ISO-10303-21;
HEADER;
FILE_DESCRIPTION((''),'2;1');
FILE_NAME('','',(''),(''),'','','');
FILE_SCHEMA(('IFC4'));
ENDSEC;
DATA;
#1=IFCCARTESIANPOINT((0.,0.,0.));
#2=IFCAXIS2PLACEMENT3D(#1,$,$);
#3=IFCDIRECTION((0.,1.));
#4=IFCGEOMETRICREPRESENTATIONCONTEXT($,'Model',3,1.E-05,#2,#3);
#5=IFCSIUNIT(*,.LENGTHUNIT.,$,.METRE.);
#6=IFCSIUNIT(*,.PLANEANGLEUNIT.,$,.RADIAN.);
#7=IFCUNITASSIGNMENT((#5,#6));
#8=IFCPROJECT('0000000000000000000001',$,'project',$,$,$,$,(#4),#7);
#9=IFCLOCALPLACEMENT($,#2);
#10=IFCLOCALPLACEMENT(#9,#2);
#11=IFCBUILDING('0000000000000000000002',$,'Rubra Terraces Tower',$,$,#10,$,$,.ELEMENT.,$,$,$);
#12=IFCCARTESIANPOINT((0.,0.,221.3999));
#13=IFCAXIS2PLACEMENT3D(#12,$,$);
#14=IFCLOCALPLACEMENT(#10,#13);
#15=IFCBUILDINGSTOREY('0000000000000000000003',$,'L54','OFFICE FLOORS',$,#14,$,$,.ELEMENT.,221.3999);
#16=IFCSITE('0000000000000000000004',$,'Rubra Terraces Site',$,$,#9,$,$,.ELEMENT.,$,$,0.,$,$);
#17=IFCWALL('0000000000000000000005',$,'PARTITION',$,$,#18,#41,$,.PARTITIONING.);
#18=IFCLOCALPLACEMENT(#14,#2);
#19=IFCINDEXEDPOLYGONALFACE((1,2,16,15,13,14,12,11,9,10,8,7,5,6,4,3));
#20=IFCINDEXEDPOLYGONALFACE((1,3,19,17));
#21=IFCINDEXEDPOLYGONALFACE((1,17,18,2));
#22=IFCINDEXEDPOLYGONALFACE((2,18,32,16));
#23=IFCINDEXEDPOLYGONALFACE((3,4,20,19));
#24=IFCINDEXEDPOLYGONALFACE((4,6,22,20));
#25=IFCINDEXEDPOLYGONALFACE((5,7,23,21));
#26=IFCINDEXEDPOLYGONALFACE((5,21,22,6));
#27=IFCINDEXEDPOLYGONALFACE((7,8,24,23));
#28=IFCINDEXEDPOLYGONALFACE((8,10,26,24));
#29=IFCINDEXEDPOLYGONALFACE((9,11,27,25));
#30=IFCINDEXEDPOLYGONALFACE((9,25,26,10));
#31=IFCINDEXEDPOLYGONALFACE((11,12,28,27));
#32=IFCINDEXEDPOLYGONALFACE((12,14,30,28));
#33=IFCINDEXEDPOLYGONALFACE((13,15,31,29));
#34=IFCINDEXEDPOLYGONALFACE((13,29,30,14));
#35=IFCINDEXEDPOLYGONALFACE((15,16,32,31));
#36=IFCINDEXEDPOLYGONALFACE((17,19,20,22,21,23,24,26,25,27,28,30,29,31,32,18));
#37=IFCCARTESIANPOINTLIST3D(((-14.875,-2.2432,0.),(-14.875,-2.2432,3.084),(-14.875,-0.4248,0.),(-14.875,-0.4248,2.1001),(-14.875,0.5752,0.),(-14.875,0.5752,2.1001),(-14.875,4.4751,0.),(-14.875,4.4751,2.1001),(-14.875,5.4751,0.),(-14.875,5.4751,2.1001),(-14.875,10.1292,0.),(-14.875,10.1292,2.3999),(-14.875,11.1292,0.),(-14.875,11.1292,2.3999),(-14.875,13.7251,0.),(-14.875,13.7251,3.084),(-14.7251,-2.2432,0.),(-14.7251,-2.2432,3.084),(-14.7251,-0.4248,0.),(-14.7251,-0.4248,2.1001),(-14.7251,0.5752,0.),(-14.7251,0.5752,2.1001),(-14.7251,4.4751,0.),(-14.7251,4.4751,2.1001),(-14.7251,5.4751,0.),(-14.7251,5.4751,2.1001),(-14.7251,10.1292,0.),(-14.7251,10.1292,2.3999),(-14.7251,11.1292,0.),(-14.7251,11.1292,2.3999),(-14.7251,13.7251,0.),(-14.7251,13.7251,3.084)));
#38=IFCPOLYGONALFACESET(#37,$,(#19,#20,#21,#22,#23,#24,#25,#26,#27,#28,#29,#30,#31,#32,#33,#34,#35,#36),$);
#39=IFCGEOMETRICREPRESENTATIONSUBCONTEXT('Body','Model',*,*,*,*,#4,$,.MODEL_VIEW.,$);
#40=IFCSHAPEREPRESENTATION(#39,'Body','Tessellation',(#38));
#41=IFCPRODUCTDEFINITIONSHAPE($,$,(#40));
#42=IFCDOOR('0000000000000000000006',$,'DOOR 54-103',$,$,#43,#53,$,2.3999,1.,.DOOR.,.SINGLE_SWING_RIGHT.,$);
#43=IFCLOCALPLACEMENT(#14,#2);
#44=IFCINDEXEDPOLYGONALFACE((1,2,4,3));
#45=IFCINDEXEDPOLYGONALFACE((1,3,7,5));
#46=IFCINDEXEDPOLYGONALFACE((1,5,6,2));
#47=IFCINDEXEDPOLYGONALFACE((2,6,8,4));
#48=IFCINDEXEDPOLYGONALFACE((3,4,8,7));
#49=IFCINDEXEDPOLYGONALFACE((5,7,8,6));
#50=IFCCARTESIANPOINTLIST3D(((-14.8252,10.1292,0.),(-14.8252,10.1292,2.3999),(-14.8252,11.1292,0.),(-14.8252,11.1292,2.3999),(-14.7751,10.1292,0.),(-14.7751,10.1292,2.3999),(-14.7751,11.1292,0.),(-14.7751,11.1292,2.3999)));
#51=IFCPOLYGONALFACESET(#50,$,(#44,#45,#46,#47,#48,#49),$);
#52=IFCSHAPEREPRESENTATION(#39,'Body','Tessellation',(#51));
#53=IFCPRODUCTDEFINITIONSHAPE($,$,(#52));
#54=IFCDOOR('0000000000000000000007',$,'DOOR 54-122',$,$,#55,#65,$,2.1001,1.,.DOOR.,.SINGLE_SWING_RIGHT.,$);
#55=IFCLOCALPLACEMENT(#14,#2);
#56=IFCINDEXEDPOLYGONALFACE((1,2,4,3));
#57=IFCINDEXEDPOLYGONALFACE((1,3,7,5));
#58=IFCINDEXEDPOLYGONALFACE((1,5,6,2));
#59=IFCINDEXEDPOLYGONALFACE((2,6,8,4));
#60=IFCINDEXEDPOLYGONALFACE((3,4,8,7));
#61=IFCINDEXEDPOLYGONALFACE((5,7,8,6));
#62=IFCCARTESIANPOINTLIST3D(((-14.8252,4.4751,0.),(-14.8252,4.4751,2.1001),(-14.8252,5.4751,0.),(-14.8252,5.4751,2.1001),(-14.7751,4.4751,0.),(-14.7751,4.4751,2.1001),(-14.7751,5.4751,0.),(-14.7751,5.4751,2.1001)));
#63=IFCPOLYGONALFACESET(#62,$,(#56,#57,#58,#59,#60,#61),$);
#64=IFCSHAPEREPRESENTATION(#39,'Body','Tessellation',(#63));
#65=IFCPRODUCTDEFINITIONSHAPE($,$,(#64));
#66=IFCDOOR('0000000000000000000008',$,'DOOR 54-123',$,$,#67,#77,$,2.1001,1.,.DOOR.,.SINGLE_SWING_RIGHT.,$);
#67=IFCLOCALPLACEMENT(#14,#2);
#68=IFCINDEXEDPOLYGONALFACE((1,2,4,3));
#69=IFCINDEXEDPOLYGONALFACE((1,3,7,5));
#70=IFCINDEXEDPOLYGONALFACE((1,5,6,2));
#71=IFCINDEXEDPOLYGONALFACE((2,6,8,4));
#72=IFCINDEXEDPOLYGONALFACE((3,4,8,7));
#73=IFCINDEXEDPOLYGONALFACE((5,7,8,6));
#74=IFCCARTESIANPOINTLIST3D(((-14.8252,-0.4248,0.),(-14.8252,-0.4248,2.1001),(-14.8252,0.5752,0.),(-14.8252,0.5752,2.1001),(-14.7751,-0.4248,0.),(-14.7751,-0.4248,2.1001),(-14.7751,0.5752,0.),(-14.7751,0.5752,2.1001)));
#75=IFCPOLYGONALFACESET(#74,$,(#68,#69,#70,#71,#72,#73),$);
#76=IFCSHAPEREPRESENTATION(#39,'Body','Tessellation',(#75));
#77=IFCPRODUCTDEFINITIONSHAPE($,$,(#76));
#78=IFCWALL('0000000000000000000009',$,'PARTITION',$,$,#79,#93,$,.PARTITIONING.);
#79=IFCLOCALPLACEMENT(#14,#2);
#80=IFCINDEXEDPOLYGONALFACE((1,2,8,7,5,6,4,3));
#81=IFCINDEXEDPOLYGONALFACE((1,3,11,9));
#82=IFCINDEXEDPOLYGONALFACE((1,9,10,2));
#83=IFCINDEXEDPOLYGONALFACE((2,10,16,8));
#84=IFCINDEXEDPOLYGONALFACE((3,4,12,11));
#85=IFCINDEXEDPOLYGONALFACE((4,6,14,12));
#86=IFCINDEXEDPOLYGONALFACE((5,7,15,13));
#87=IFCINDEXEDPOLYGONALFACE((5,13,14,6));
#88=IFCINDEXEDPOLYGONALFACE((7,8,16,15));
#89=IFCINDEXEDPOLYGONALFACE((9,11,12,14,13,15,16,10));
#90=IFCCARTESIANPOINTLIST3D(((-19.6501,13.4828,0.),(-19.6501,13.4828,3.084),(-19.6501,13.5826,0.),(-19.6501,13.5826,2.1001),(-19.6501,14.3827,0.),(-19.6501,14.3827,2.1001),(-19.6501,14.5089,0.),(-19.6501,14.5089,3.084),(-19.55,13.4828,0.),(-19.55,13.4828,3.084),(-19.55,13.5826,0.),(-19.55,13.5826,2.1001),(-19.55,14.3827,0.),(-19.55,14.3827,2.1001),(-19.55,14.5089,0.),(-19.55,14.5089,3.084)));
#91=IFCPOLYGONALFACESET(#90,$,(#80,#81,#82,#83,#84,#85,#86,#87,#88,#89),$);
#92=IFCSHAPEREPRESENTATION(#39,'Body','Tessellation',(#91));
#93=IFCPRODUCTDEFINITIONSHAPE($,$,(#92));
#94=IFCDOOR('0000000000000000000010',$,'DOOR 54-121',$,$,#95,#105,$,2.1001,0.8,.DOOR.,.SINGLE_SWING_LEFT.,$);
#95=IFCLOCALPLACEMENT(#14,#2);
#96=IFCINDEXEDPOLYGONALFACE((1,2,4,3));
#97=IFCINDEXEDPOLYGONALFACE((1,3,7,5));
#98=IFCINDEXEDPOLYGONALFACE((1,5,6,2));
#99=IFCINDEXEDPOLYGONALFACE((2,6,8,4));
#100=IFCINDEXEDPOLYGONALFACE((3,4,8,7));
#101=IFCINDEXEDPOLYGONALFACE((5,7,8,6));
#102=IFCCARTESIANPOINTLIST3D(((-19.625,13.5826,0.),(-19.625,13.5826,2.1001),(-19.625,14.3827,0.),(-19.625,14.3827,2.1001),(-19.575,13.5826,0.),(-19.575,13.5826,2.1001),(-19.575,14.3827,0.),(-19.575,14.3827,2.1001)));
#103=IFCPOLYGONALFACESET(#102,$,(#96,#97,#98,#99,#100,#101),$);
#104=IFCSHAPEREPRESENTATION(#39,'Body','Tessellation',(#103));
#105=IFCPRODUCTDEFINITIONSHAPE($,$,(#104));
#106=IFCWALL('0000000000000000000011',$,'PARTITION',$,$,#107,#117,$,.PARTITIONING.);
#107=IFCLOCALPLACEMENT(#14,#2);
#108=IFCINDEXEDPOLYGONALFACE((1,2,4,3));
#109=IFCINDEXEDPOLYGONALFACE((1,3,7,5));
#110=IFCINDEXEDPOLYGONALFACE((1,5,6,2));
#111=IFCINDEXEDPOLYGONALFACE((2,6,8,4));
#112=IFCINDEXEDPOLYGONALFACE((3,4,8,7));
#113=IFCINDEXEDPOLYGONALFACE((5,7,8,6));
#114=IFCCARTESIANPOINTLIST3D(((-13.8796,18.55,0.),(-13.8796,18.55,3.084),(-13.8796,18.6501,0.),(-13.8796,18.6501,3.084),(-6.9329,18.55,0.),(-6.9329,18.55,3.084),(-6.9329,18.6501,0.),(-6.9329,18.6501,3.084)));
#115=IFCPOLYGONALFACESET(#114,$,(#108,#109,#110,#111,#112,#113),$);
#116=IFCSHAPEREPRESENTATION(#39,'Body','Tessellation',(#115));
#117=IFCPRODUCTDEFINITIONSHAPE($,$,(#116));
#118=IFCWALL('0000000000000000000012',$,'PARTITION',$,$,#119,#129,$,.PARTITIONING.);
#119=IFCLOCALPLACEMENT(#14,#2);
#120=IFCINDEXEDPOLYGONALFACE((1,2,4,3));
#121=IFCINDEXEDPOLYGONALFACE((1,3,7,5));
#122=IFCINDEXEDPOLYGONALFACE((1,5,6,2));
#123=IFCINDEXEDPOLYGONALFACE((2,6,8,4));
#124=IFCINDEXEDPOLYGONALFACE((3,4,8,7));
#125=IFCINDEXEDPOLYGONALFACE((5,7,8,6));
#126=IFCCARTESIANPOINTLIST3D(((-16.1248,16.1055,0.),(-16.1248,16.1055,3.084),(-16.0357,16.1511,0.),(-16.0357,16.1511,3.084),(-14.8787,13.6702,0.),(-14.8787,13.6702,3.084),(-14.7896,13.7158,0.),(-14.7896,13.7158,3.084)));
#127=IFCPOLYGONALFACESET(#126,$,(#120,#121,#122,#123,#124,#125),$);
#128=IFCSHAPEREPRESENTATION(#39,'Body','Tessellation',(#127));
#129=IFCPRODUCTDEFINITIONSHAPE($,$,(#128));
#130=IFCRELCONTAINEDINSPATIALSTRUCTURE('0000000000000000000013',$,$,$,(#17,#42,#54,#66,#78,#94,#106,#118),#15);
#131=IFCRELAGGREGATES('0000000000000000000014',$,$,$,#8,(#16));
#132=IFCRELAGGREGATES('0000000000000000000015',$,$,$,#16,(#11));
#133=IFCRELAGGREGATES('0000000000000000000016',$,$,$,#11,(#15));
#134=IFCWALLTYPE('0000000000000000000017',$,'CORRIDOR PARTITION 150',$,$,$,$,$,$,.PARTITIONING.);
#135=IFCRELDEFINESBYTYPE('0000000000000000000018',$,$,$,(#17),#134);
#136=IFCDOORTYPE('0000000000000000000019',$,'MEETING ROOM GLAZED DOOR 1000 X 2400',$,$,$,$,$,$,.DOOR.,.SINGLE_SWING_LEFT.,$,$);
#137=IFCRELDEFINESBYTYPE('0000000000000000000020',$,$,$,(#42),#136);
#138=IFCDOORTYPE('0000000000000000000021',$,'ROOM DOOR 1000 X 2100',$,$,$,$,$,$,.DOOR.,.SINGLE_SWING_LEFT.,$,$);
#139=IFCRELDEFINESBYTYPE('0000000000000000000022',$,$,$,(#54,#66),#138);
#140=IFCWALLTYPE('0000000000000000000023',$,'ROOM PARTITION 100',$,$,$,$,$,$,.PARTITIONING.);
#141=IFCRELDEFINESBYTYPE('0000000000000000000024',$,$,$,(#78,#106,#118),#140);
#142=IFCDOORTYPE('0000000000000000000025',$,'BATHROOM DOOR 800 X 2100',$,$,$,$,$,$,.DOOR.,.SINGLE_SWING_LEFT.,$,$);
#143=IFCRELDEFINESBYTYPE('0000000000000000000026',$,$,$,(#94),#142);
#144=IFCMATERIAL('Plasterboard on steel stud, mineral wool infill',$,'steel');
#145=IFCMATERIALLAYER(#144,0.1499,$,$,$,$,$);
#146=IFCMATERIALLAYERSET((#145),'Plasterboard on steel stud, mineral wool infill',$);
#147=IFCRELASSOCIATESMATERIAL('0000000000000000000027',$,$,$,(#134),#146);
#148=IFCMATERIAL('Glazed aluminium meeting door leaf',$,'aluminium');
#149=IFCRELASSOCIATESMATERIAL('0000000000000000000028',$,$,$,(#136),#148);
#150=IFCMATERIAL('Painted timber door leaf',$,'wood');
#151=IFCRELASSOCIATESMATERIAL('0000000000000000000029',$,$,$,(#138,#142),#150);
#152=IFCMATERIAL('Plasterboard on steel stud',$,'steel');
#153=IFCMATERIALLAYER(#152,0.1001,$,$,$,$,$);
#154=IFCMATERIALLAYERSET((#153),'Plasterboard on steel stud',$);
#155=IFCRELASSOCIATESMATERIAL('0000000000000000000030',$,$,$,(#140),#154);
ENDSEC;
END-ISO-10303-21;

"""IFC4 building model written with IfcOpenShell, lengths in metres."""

from ifc_helpers import new_model, si_unit, direction, frame, frame_2d, origin, place, context, subcontext, project, spatial, rectangle, extrude, material, layer, layer_set, type_object, element, fill, save


model = new_model("IFC4")

# Units and contexts
model_context = context("Model", 3, precision=1e-05, world=origin(), true_north=direction((0.0, 1.0)))
body_context = subcontext(model_context, "Body", "Model", "MODEL_VIEW")
ifc_project = project(units=[si_unit("LENGTHUNIT", "METRE"), si_unit("PLANEANGLEUNIT", "RADIAN")], contexts=[model_context])

# Site, building, storey
site_placement = place(None, origin())
site = spatial("IfcSite", under=ifc_project, at=site_placement, Name="Rubra Terraces Site", CompositionType="ELEMENT", RefElevation=0.0)
building_placement = place(site_placement, origin())
building = spatial("IfcBuilding", under=site, at=building_placement, Name="Rubra Terraces Tower", CompositionType="ELEMENT")
storey_placement = place(building_placement, frame((0.0, 0.0, 221.3999)))
storey = spatial("IfcBuildingStorey", under=building, at=storey_placement, Name="L54", Description="OFFICE FLOORS", CompositionType="ELEMENT", Elevation=221.3999)

# Wall, openings, doors
ifc_material_1 = material(Name="Plasterboard on steel stud, mineral wool infill", Category="steel")
ifc_layer_1 = layer(ifc_material_1, 0.1499)
ifc_layer_set_1 = layer_set([ifc_layer_1], Name="Plasterboard on steel stud, mineral wool infill")
wall_type_1 = type_object("IfcWallType", Name="CORRIDOR PARTITION 150", PredefinedType="PARTITIONING", material=ifc_layer_set_1)
wall_1_placement = place(storey_placement, frame((-14.8, 13.7251, 0.0), z_axis=(0.0, 0.0, 1.0), x_axis=(0.0, -1.0, 0.0)))
wall_1 = element("IfcWall", 1, at=wall_1_placement, inside=storey, type_object=wall_type_1, Name="PARTITION", PredefinedType="PARTITIONING", context=body_context, shape_type="SweptSolid", body=[
    extrude(rectangle(XDim=15.9683, YDim=0.1499, at=frame_2d((7.9841, 0.0))), origin(), (0.0, 0.0, 1.0), 3.084),
])
opening_1_placement = place(wall_1_placement, frame((2.5959, 0.0, 0.0)))
opening_1 = element("IfcOpeningElement", 2, at=opening_1_placement, cuts=wall_1, PredefinedType="OPENING", context=body_context, shape_type="SweptSolid", body=[
    extrude(rectangle(XDim=1.0, YDim=2.3999, at=frame_2d((0.5, 1.2))), frame((0.0, 0.085, 0.0), z_axis=(0.0, -1.0, 0.0), x_axis=(1.0, 0.0, 0.0)), (0.0, 0.0, 1.0), 0.1699),
])
opening_2_placement = place(wall_1_placement, frame((8.25, 0.0, 0.0)))
opening_2 = element("IfcOpeningElement", 3, at=opening_2_placement, cuts=wall_1, PredefinedType="OPENING", context=body_context, shape_type="SweptSolid", body=[
    extrude(rectangle(XDim=1.0, YDim=2.1001, at=frame_2d((0.5, 1.05))), frame((0.0, 0.085, 0.0), z_axis=(0.0, -1.0, 0.0), x_axis=(1.0, 0.0, 0.0)), (0.0, 0.0, 1.0), 0.1699),
])
opening_3_placement = place(wall_1_placement, frame((13.1499, 0.0, 0.0)))
opening_3 = element("IfcOpeningElement", 4, at=opening_3_placement, cuts=wall_1, PredefinedType="OPENING", context=body_context, shape_type="SweptSolid", body=[
    extrude(rectangle(XDim=1.0, YDim=2.1001, at=frame_2d((0.5, 1.05))), frame((0.0, 0.085, 0.0), z_axis=(0.0, -1.0, 0.0), x_axis=(1.0, 0.0, 0.0)), (0.0, 0.0, 1.0), 0.1699),
])
ifc_material_2 = material(Name="Glazed aluminium meeting door leaf", Category="aluminium")
door_type_1 = type_object("IfcDoorType", Name="MEETING ROOM GLAZED DOOR 1000 X 2400", OperationType="SINGLE_SWING_LEFT", PredefinedType="DOOR", material=ifc_material_2)
door_1_placement = place(opening_1_placement, origin())
door_1 = element("IfcDoor", 5, at=door_1_placement, inside=storey, type_object=door_type_1, Name="DOOR 54-103", OperationType="SINGLE_SWING_RIGHT", OverallHeight=2.3999, OverallWidth=1.0, PredefinedType="DOOR", context=body_context, shape_type="SweptSolid", body=[
    extrude(rectangle(XDim=1.0, YDim=2.3999, at=frame_2d((0.5, 1.2))), frame((0.0, 0.0249, 0.0), z_axis=(0.0, -1.0, 0.0), x_axis=(1.0, 0.0, 0.0)), (0.0, 0.0, 1.0), 0.05),
])
fill(opening_1, door_1)
ifc_material_3 = material(Name="Painted timber door leaf", Category="wood")
door_type_2 = type_object("IfcDoorType", Name="ROOM DOOR 1000 X 2100", OperationType="SINGLE_SWING_LEFT", PredefinedType="DOOR", material=ifc_material_3)
door_2_placement = place(opening_2_placement, origin())
door_2 = element("IfcDoor", 6, at=door_2_placement, inside=storey, type_object=door_type_2, Name="DOOR 54-122", OperationType="SINGLE_SWING_RIGHT", OverallHeight=2.1001, OverallWidth=1.0, PredefinedType="DOOR", context=body_context, shape_type="SweptSolid", body=[
    extrude(rectangle(XDim=1.0, YDim=2.1001, at=frame_2d((0.5, 1.05))), frame((0.0, 0.0249, 0.0), z_axis=(0.0, -1.0, 0.0), x_axis=(1.0, 0.0, 0.0)), (0.0, 0.0, 1.0), 0.05),
])
fill(opening_2, door_2)
door_3_placement = place(opening_3_placement, origin())
door_3 = element("IfcDoor", 7, at=door_3_placement, inside=storey, type_object=door_type_2, Name="DOOR 54-123", OperationType="SINGLE_SWING_RIGHT", OverallHeight=2.1001, OverallWidth=1.0, PredefinedType="DOOR", context=body_context, shape_type="SweptSolid", body=[
    extrude(rectangle(XDim=1.0, YDim=2.1001, at=frame_2d((0.5, 1.05))), frame((0.0, 0.0249, 0.0), z_axis=(0.0, -1.0, 0.0), x_axis=(1.0, 0.0, 0.0)), (0.0, 0.0, 1.0), 0.05),
])
fill(opening_3, door_3)

# Wall, opening, door
ifc_material_4 = material(Name="Plasterboard on steel stud", Category="steel")
ifc_layer_2 = layer(ifc_material_4, 0.1001)
ifc_layer_set_2 = layer_set([ifc_layer_2], Name="Plasterboard on steel stud")
wall_type_2 = type_object("IfcWallType", Name="ROOM PARTITION 100", PredefinedType="PARTITIONING", material=ifc_layer_set_2)
wall_2_placement = place(storey_placement, frame((-19.6001, 13.4827, 0.0), z_axis=(0.0, 0.0, 1.0), x_axis=(0.0, 1.0, 0.0)))
wall_2 = element("IfcWall", 8, at=wall_2_placement, inside=storey, type_object=wall_type_2, Name="PARTITION", PredefinedType="PARTITIONING", context=body_context, shape_type="SweptSolid", body=[
    extrude(rectangle(XDim=1.0261, YDim=0.1001, at=frame_2d((0.5132, 0.0))), origin(), (0.0, 0.0, 1.0), 3.084),
])
opening_4_placement = place(wall_2_placement, frame((0.1001, 0.0, 0.0)))
opening_4 = element("IfcOpeningElement", 9, at=opening_4_placement, cuts=wall_2, PredefinedType="OPENING", context=body_context, shape_type="SweptSolid", body=[
    extrude(rectangle(XDim=0.8, YDim=2.1001, at=frame_2d((0.3999, 1.05))), frame((0.0, 0.0601, 0.0), z_axis=(0.0, -1.0, 0.0), x_axis=(1.0, 0.0, 0.0)), (0.0, 0.0, 1.0), 0.1201),
])
door_type_3 = type_object("IfcDoorType", Name="BATHROOM DOOR 800 X 2100", OperationType="SINGLE_SWING_LEFT", PredefinedType="DOOR", material=ifc_material_3)
door_4_placement = place(opening_4_placement, origin())
door_4 = element("IfcDoor", 10, at=door_4_placement, inside=storey, type_object=door_type_3, Name="DOOR 54-121", OperationType="SINGLE_SWING_LEFT", OverallHeight=2.1001, OverallWidth=0.8, PredefinedType="DOOR", context=body_context, shape_type="SweptSolid", body=[
    extrude(rectangle(XDim=0.8, YDim=2.1001, at=frame_2d((0.3999, 1.05))), frame((0.0, 0.0249, 0.0), z_axis=(0.0, -1.0, 0.0), x_axis=(1.0, 0.0, 0.0)), (0.0, 0.0, 1.0), 0.05),
])
fill(opening_4, door_4)

# Walls
wall_3_placement = place(storey_placement, frame((-13.8796, 18.6001, 0.0), z_axis=(0.0, 0.0, 1.0), x_axis=(1.0, 0.0, 0.0)))
element("IfcWall", 11, at=wall_3_placement, inside=storey, type_object=wall_type_2, Name="PARTITION", PredefinedType="PARTITIONING", context=body_context, shape_type="SweptSolid", body=[
    extrude(rectangle(XDim=6.9468, YDim=0.1001, at=frame_2d((3.4734, 0.0))), origin(), (0.0, 0.0, 1.0), 3.084),
])
wall_4_placement = place(storey_placement, frame((-14.8342, 13.6931, 0.0), z_axis=(0.0, 0.0, 1.0), x_axis=(-0.455512, 0.89023, 0.0)))
element("IfcWall", 12, at=wall_4_placement, inside=storey, type_object=wall_type_2, Name="PARTITION", PredefinedType="PARTITIONING", context=body_context, shape_type="SweptSolid", body=[
    extrude(rectangle(XDim=2.7356, YDim=0.1001, at=frame_2d((1.3677, 0.0))), origin(), (0.0, 0.0, 1.0), 3.084),
])

save(model, "model.ifc")
